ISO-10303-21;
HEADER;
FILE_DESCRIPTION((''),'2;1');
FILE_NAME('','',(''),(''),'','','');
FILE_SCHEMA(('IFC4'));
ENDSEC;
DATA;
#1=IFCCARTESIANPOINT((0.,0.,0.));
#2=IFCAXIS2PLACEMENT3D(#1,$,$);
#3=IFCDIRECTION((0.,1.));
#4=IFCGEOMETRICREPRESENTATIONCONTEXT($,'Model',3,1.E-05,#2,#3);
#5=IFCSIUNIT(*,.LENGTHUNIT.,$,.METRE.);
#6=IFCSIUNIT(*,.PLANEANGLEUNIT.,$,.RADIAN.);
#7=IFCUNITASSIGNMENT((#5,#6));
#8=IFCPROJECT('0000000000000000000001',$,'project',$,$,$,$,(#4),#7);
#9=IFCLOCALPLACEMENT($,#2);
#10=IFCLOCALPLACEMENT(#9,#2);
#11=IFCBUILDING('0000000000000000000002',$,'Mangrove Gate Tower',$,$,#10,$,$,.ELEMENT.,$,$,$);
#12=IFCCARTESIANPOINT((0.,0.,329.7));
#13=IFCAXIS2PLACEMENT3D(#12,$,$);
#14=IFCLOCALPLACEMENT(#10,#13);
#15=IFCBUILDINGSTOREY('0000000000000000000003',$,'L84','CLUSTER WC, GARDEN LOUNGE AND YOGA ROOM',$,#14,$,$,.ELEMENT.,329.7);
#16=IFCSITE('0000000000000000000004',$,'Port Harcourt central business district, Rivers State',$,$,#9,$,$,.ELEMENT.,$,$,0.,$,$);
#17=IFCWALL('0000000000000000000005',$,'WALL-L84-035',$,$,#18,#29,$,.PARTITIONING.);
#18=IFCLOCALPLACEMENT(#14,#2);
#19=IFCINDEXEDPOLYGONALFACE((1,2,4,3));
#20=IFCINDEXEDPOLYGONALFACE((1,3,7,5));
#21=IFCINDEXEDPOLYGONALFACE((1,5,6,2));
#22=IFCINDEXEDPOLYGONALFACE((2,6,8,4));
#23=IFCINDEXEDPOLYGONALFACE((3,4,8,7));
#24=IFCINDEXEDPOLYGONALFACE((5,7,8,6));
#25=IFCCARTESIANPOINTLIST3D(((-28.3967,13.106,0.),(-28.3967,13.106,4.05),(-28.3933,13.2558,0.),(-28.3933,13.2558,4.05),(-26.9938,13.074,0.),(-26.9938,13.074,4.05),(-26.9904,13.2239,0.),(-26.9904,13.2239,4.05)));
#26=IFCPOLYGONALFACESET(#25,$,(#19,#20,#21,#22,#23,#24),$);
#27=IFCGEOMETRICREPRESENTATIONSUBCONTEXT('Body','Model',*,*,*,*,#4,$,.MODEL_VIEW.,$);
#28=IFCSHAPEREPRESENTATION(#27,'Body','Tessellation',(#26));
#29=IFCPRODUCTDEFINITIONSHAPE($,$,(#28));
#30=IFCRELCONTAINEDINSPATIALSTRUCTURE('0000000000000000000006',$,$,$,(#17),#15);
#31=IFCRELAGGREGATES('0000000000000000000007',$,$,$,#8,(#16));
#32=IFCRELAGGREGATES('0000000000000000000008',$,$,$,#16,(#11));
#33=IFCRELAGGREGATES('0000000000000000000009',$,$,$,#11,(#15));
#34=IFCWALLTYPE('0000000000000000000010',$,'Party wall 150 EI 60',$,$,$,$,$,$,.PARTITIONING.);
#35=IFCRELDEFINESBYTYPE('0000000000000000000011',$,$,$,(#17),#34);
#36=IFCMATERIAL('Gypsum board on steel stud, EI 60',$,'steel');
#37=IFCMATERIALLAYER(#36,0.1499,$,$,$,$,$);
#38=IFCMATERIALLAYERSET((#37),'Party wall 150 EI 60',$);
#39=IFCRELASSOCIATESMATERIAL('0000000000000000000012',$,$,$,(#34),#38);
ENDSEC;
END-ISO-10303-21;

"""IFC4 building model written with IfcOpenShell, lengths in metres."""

from ifc_helpers import new_model, si_unit, direction, frame, frame_2d, origin, place, context, subcontext, project, spatial, rectangle, extrude, material, layer, layer_set, type_object, element, save


model = new_model("IFC4")

# Units and contexts
model_context = context("Model", 3, precision=1e-05, world=origin(), true_north=direction((0.0, 1.0)))
body_context = subcontext(model_context, "Body", "Model", "MODEL_VIEW")
ifc_project = project(units=[si_unit("LENGTHUNIT", "METRE"), si_unit("PLANEANGLEUNIT", "RADIAN")], contexts=[model_context])

# Site, building, storey
site_placement = place(None, origin())
site = spatial("IfcSite", under=ifc_project, at=site_placement, Name="Port Harcourt central business district, Rivers State", CompositionType="ELEMENT", RefElevation=0.0)
building_placement = place(site_placement, origin())
building = spatial("IfcBuilding", under=site, at=building_placement, Name="Mangrove Gate Tower", CompositionType="ELEMENT")
storey_placement = place(building_placement, frame((0.0, 0.0, 329.7)))
storey = spatial("IfcBuildingStorey", under=building, at=storey_placement, Name="L84", Description="CLUSTER WC, GARDEN LOUNGE AND YOGA ROOM", CompositionType="ELEMENT", Elevation=329.7)

# Wall
ifc_material_1 = material(Name="Gypsum board on steel stud, EI 60", Category="steel")
ifc_layer_1 = layer(ifc_material_1, 0.1499)
ifc_layer_set_1 = layer_set([ifc_layer_1], Name="Party wall 150 EI 60")
wall_type_1 = type_object("IfcWallType", Name="Party wall 150 EI 60", PredefinedType="PARTITIONING", material=ifc_layer_set_1)
wall_1_placement = place(storey_placement, frame((-28.395, 13.1809, 0.0), z_axis=(0.0, 0.0, 1.0), x_axis=(0.99974, -0.022789, 0.0)))
element("IfcWall", 1, at=wall_1_placement, inside=storey, type_object=wall_type_1, Name="WALL-L84-035", PredefinedType="PARTITIONING", context=body_context, shape_type="SweptSolid", body=[
    extrude(rectangle(XDim=1.4033, YDim=0.1499, at=frame_2d((0.7017, 0.0))), origin(), (0.0, 0.0, 1.0), 4.05),
])

save(model, "model.ifc")
